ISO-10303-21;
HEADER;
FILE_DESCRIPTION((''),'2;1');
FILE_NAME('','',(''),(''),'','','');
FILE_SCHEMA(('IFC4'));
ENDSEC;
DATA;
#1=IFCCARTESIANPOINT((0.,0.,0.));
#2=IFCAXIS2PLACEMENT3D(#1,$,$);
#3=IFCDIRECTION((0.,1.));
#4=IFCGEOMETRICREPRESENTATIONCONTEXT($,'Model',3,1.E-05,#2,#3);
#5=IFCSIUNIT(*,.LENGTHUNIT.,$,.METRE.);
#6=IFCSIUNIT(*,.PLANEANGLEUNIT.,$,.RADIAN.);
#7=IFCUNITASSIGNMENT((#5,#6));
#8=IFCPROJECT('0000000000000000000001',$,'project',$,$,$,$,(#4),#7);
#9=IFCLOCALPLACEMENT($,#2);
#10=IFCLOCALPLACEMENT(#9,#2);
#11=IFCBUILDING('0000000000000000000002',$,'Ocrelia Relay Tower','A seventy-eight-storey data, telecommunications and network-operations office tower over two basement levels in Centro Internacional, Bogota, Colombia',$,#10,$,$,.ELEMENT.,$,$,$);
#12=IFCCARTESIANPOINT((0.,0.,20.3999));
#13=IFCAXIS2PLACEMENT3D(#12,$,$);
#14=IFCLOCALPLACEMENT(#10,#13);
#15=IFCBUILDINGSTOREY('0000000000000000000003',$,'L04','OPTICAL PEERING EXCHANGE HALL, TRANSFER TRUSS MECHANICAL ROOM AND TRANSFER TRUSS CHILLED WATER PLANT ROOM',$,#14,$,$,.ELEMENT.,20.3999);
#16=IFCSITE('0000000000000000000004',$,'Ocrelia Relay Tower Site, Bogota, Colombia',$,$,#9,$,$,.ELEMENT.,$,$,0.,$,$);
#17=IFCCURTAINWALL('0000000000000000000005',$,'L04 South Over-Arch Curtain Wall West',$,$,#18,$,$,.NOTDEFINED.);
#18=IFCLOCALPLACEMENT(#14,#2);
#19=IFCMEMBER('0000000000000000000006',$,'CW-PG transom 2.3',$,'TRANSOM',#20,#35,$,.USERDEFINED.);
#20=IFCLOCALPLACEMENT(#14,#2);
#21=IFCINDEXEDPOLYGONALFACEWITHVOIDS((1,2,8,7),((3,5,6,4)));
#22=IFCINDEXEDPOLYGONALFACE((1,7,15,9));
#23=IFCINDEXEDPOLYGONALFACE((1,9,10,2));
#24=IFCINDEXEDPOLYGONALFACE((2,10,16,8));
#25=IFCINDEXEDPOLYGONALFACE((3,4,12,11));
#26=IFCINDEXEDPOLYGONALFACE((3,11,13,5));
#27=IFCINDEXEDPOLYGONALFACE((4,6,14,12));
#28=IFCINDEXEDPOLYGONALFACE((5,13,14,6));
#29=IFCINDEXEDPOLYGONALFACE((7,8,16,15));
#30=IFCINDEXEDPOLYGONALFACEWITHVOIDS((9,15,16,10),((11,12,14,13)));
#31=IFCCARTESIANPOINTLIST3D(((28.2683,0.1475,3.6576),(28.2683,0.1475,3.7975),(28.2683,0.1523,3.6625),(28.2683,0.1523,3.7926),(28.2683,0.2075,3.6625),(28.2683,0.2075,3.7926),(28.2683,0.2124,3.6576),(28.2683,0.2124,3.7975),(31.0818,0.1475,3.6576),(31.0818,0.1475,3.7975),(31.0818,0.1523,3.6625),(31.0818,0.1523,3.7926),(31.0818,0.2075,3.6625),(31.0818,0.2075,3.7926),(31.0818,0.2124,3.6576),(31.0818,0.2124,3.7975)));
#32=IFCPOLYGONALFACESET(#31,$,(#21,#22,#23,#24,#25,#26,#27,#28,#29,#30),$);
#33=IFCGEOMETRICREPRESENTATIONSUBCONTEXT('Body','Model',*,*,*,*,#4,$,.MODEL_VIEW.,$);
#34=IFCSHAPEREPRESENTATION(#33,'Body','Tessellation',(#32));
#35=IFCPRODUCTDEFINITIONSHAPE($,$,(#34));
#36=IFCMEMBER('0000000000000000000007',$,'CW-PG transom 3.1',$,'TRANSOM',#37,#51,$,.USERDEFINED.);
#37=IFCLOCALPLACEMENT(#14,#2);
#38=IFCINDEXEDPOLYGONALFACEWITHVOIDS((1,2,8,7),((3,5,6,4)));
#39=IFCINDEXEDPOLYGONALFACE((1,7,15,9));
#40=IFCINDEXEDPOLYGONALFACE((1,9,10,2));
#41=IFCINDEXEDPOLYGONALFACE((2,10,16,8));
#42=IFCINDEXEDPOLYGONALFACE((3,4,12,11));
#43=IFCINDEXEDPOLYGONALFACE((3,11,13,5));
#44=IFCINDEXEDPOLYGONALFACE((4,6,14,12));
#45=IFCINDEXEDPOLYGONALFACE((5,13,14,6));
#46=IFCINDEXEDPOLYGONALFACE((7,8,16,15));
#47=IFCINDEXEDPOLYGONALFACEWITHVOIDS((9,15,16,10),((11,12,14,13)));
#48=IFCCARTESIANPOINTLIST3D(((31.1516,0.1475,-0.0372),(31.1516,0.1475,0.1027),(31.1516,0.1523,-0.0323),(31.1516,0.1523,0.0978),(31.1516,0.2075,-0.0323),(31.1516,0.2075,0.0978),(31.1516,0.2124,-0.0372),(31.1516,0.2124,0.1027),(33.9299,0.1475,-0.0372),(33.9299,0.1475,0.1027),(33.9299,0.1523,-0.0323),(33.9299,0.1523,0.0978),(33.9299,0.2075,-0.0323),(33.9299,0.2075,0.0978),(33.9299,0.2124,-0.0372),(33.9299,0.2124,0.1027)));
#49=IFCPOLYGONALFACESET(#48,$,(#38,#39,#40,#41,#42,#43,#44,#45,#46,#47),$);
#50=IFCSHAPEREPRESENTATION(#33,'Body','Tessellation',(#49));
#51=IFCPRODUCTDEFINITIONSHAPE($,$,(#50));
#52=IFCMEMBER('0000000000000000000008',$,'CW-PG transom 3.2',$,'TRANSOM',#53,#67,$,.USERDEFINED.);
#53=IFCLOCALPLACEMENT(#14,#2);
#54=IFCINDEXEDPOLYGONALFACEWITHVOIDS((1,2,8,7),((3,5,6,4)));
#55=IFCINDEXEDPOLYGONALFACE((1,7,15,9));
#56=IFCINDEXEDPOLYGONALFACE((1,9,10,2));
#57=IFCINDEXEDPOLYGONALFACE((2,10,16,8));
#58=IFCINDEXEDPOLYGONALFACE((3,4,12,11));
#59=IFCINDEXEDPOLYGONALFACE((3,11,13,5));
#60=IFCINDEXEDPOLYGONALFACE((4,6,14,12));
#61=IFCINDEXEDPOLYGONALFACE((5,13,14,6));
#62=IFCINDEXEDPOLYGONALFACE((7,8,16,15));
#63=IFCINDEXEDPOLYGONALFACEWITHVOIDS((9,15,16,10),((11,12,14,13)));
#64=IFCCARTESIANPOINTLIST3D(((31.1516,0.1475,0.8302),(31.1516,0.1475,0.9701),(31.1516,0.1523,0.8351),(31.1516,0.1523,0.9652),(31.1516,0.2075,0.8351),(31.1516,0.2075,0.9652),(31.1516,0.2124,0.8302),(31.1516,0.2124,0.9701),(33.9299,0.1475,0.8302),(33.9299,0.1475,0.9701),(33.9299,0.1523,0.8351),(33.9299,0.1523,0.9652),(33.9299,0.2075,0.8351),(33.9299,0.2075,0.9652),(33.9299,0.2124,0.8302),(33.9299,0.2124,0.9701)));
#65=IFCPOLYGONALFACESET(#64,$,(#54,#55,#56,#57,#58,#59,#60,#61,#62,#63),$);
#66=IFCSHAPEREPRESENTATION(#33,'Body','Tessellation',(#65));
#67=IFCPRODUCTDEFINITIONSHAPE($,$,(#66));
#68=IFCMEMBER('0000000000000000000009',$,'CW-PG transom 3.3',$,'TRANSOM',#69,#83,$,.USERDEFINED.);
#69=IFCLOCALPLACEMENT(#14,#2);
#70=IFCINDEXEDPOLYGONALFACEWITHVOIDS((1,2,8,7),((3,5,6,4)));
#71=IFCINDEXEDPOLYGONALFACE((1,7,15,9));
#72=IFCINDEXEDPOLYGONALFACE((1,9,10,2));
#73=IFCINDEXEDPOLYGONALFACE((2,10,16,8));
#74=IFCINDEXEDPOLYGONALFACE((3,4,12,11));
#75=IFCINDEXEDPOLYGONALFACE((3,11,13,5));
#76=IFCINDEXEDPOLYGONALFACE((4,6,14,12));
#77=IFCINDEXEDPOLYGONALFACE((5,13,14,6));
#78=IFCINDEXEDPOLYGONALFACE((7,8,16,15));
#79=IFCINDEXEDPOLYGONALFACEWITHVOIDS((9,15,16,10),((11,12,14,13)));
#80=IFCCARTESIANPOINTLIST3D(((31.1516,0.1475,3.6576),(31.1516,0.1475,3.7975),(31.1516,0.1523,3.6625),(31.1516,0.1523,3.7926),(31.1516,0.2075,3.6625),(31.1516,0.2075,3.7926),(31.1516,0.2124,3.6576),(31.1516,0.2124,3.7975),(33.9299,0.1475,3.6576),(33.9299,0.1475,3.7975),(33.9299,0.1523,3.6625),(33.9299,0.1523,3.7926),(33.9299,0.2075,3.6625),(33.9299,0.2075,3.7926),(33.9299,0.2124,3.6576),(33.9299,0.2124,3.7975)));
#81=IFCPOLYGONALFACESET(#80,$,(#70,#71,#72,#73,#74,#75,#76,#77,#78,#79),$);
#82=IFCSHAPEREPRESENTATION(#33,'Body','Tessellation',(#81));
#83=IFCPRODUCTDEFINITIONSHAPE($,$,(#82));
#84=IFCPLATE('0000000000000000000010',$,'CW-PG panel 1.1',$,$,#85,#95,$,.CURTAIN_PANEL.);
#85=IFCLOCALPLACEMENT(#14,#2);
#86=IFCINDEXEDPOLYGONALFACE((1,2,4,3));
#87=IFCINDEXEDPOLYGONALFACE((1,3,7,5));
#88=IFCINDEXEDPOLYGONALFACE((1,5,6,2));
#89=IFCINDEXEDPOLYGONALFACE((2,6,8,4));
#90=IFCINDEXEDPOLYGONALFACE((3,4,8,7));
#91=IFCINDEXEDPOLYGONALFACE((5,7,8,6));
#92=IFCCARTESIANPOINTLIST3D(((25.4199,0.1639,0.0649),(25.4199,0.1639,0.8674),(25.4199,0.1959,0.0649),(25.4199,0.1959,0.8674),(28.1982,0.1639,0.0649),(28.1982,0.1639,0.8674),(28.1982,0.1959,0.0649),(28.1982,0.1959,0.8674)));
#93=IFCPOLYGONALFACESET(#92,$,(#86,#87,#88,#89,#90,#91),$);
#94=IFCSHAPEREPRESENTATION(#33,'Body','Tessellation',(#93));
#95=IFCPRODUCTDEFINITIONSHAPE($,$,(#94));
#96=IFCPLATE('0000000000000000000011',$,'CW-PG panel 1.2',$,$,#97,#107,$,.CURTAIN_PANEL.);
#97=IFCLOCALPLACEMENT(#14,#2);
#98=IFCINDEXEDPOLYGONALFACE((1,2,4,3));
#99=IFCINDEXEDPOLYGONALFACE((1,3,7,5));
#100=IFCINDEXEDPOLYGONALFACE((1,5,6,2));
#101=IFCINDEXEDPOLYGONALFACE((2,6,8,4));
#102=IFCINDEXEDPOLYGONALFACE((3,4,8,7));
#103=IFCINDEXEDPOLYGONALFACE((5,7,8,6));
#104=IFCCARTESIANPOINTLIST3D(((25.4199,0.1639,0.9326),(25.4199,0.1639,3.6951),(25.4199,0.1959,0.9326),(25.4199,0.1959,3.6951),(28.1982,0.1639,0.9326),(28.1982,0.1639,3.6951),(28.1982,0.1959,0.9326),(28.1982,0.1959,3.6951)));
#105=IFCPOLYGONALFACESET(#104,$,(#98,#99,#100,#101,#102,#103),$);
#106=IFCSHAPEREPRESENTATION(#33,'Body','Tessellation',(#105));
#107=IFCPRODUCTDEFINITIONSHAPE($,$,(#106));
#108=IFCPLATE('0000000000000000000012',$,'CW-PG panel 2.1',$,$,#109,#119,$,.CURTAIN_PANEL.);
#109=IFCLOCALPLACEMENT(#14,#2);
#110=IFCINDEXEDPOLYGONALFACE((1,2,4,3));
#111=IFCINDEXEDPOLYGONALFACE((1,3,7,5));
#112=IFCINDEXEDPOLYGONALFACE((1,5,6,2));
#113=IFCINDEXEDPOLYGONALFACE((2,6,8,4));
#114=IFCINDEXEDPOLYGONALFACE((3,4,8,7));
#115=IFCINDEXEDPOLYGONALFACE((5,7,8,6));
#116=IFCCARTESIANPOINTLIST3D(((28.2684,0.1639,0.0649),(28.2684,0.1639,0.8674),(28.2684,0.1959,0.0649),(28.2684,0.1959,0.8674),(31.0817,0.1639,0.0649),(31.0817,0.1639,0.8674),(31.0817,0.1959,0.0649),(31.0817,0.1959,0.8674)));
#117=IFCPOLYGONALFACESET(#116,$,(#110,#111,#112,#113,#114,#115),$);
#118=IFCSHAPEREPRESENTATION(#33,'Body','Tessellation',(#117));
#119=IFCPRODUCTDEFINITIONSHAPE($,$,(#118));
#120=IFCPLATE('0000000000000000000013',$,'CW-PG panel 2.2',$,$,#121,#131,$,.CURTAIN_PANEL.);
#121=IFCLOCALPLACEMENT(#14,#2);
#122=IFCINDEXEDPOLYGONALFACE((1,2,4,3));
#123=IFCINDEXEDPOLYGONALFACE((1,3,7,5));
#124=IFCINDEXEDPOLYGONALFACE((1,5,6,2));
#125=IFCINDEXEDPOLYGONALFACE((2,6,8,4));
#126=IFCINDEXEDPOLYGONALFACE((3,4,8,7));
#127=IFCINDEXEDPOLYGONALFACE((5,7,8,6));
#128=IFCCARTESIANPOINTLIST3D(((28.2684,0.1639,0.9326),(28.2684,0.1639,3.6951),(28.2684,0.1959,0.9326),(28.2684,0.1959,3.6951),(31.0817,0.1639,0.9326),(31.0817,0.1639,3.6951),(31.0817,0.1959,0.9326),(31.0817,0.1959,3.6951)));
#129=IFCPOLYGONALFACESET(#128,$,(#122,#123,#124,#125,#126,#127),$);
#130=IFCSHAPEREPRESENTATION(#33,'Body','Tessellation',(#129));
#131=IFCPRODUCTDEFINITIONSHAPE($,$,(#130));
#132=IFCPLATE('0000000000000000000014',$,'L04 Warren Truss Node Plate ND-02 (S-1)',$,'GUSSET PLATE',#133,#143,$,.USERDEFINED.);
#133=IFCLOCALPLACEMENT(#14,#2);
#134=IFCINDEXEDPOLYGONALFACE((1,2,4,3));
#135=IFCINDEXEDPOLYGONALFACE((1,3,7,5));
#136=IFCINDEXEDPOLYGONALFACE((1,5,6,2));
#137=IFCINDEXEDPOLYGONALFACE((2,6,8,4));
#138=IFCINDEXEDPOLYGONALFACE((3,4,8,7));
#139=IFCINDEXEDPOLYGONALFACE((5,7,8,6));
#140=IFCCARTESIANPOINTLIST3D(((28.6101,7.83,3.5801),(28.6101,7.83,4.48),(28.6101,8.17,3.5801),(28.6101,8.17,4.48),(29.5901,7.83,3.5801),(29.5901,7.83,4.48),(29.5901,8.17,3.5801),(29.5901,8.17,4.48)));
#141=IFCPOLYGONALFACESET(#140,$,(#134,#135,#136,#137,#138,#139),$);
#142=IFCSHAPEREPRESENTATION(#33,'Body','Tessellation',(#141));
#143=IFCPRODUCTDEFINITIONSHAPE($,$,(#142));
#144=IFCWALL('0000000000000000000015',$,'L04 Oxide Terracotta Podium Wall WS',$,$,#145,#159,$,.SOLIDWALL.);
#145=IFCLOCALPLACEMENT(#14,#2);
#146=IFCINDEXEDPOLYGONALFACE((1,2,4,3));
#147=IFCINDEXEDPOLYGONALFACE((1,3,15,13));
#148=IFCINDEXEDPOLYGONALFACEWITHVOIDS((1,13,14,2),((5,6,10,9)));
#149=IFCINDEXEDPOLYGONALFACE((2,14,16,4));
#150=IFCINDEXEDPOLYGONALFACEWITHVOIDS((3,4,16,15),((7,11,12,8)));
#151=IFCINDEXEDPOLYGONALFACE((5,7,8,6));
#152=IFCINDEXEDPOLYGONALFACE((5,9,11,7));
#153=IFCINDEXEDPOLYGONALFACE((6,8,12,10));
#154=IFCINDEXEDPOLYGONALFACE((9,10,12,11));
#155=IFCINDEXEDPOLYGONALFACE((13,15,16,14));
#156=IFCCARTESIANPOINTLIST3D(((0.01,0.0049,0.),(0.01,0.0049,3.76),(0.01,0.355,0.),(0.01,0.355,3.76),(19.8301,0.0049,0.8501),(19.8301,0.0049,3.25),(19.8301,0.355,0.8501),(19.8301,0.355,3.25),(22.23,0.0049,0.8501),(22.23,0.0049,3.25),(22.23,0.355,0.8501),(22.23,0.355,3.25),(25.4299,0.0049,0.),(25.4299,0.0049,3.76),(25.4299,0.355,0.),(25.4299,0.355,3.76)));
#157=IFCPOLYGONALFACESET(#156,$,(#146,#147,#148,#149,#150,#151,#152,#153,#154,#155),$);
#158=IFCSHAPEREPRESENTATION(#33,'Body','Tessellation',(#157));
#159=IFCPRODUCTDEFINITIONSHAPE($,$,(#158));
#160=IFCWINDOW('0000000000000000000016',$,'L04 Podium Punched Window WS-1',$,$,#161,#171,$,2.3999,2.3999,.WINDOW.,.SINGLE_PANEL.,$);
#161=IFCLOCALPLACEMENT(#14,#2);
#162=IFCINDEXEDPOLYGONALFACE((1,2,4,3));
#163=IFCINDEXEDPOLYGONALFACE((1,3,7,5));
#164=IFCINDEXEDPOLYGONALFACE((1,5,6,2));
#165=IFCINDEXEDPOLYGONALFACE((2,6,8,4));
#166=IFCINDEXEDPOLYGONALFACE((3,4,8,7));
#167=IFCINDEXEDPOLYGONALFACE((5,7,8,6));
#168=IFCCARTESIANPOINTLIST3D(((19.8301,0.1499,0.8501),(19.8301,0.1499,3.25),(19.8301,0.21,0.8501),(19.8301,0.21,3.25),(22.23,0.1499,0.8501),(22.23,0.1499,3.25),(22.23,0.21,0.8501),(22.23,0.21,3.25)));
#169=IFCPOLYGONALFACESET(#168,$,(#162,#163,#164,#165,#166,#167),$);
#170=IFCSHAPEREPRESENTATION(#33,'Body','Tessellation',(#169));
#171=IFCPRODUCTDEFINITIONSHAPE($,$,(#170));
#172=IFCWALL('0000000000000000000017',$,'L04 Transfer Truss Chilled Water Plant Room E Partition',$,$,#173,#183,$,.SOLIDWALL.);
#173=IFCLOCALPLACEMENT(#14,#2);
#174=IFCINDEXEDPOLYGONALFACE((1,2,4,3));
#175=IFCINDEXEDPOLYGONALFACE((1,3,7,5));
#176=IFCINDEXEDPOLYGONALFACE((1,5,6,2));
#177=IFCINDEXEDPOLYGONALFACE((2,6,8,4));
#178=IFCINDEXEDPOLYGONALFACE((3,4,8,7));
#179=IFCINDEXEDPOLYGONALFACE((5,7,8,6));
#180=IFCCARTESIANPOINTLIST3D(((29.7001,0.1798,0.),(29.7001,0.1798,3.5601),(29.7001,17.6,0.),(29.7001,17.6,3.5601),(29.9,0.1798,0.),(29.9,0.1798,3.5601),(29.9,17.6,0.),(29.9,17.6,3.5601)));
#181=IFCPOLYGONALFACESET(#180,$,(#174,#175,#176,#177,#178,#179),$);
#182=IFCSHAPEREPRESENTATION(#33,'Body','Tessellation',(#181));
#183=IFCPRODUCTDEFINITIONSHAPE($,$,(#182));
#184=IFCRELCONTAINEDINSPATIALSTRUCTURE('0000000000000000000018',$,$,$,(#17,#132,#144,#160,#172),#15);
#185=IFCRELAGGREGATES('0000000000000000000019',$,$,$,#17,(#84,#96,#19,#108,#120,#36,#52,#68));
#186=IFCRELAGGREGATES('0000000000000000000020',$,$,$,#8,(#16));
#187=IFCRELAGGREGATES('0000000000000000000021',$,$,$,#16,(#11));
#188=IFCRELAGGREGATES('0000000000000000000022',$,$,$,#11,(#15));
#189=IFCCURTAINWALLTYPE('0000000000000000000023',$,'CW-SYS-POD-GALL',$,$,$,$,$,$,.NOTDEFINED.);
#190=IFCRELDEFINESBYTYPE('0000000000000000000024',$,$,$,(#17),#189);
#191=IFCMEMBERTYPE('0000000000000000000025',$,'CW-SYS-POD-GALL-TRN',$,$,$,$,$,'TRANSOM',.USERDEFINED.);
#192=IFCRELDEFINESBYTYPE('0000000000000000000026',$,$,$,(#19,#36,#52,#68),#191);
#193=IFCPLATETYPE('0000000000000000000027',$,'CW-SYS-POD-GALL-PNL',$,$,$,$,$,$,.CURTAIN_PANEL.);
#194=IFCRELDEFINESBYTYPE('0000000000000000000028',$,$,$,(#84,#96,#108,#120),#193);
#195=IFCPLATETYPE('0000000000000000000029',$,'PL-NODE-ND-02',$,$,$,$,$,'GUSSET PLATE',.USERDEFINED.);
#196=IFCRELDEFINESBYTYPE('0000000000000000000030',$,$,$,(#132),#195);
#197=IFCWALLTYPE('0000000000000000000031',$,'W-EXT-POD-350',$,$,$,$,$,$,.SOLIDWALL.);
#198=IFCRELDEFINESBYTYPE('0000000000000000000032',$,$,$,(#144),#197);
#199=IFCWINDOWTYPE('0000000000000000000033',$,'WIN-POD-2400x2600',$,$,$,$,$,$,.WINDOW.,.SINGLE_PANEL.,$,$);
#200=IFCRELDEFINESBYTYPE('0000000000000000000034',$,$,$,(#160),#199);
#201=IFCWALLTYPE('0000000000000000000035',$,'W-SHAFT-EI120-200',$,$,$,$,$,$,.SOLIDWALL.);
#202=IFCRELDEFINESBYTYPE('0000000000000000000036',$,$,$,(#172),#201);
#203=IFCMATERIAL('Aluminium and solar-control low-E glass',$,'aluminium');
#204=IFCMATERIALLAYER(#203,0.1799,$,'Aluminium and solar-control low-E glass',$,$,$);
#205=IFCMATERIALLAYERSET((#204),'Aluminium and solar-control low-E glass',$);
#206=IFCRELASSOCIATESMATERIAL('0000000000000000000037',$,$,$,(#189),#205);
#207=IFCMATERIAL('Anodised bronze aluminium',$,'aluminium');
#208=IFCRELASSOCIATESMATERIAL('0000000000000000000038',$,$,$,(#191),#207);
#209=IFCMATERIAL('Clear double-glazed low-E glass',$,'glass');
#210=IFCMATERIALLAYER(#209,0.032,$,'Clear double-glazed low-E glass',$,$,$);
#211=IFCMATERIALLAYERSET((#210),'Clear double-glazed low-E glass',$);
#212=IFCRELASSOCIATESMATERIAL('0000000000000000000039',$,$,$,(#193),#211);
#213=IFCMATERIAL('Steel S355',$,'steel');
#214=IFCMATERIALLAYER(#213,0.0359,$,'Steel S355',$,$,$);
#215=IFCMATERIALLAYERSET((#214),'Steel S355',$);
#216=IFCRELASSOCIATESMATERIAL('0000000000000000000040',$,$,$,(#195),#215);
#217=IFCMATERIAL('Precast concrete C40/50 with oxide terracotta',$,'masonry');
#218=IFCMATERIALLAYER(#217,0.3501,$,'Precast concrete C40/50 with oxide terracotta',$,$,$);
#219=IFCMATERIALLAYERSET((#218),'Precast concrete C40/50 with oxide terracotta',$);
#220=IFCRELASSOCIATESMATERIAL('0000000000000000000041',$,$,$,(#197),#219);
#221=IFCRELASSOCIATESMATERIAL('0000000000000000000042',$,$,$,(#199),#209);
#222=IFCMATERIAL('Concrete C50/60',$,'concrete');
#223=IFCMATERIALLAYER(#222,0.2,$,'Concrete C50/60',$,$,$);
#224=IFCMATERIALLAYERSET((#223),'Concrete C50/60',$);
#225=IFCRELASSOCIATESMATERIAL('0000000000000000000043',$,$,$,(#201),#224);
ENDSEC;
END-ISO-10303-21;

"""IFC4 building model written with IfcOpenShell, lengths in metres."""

from ifc_helpers import new_model, si_unit, direction, frame, frame_2d, origin, origin_2d, place, context, subcontext, project, spatial, rectangle, hollow_rectangle, extrude, material, layer, layer_set, material_profile, profile_set, type_object, element, fill, aggregate, save


model = new_model("IFC4")

# Units and contexts
model_context = context("Model", 3, precision=1e-05, world=origin(), true_north=direction((0.0, 1.0)))
body_context = subcontext(model_context, "Body", "Model", "MODEL_VIEW")
ifc_project = project(units=[si_unit("LENGTHUNIT", "METRE"), si_unit("PLANEANGLEUNIT", "RADIAN")], contexts=[model_context])

# Site, building, storey
site_placement = place(None, origin())
site = spatial("IfcSite", under=ifc_project, at=site_placement, Name="Ocrelia Relay Tower Site, Bogota, Colombia", CompositionType="ELEMENT", RefElevation=0.0)
building_placement = place(site_placement, origin())
building = spatial("IfcBuilding", under=site, at=building_placement, Name="Ocrelia Relay Tower", Description="A seventy-eight-storey data, telecommunications and network-operations office tower over two basement levels in Centro Internacional, Bogota, Colombia", CompositionType="ELEMENT")
storey_placement = place(building_placement, frame((0.0, 0.0, 20.3999)))
storey = spatial("IfcBuildingStorey", under=building, at=storey_placement, Name="L04", Description="OPTICAL PEERING EXCHANGE HALL, TRANSFER TRUSS MECHANICAL ROOM AND TRANSFER TRUSS CHILLED WATER PLANT ROOM", CompositionType="ELEMENT", Elevation=20.3999)

# Curtain wall, members, plates
ifc_material_1 = material(Name="Aluminium and solar-control low-E glass", Category="aluminium")
ifc_layer_1 = layer(ifc_material_1, 0.1799, Name="Aluminium and solar-control low-E glass")
ifc_layer_set_1 = layer_set([ifc_layer_1], Name="Aluminium and solar-control low-E glass")
curtain_wall_type = type_object("IfcCurtainWallType", Name="CW-SYS-POD-GALL", PredefinedType="NOTDEFINED", material=ifc_layer_set_1)
curtain_wall_placement = place(storey_placement, origin())
curtain_wall = element("IfcCurtainWall", 1, at=curtain_wall_placement, inside=storey, type_object=curtain_wall_type, Name="L04 South Over-Arch Curtain Wall West", PredefinedType="NOTDEFINED")
ifc_material_2 = material(Name="Anodised bronze aluminium", Category="aluminium")
ifc_material_profile_1 = material_profile(ifc_material_2, hollow_rectangle(XDim=0.0649, YDim=0.1399, WallThickness=0.0049, at=origin_2d()), Name="CW-TRN-140x65")
ifc_profile_set_1 = profile_set([ifc_material_profile_1], Name="Anodised bronze aluminium")
member_type_1 = type_object("IfcMemberType", Name="CW-SYS-POD-GALL-TRN", ElementType="TRANSOM", PredefinedType="USERDEFINED", material=ifc_profile_set_1)
member_1_placement = place(storey_placement, frame((28.2683, 0.1799, 3.7275), z_axis=(1.0, 0.0, 0.0), x_axis=(0.0, 1.0, 0.0)))
member_1 = element("IfcMember", 2, at=member_1_placement, type_object=member_type_1, Name="CW-PG transom 2.3", ObjectType="TRANSOM", PredefinedType="USERDEFINED", context=body_context, shape_type="SweptSolid", body=[
    extrude(hollow_rectangle(XDim=0.0649, YDim=0.1399, WallThickness=0.0049, at=origin_2d()), origin(), (0.0, 0.0, 1.0), 2.8135),
])
member_2_placement = place(storey_placement, frame((31.1516, 0.1799, 0.0327), z_axis=(1.0, 0.0, 0.0), x_axis=(0.0, 1.0, 0.0)))
member_2 = element("IfcMember", 3, at=member_2_placement, type_object=member_type_1, Name="CW-PG transom 3.1", ObjectType="TRANSOM", PredefinedType="USERDEFINED", context=body_context, shape_type="SweptSolid", body=[
    extrude(hollow_rectangle(XDim=0.0649, YDim=0.1399, WallThickness=0.0049, at=origin_2d()), origin(), (0.0, 0.0, 1.0), 2.7783),
])
member_3_placement = place(storey_placement, frame((31.1516, 0.1799, 0.9001), z_axis=(1.0, 0.0, 0.0), x_axis=(0.0, 1.0, 0.0)))
member_3 = element("IfcMember", 4, at=member_3_placement, type_object=member_type_1, Name="CW-PG transom 3.2", ObjectType="TRANSOM", PredefinedType="USERDEFINED", context=body_context, shape_type="SweptSolid", body=[
    extrude(hollow_rectangle(XDim=0.0649, YDim=0.1399, WallThickness=0.0049, at=origin_2d()), origin(), (0.0, 0.0, 1.0), 2.7783),
])
member_4_placement = place(storey_placement, frame((31.1516, 0.1799, 3.7275), z_axis=(1.0, 0.0, 0.0), x_axis=(0.0, 1.0, 0.0)))
member_4 = element("IfcMember", 5, at=member_4_placement, type_object=member_type_1, Name="CW-PG transom 3.3", ObjectType="TRANSOM", PredefinedType="USERDEFINED", context=body_context, shape_type="SweptSolid", body=[
    extrude(hollow_rectangle(XDim=0.0649, YDim=0.1399, WallThickness=0.0049, at=origin_2d()), origin(), (0.0, 0.0, 1.0), 2.7783),
])
ifc_material_3 = material(Name="Clear double-glazed low-E glass", Category="glass")
ifc_layer_2 = layer(ifc_material_3, 0.032, Name="Clear double-glazed low-E glass")
ifc_layer_set_2 = layer_set([ifc_layer_2], Name="Clear double-glazed low-E glass")
plate_type_1 = type_object("IfcPlateType", Name="CW-SYS-POD-GALL-PNL", PredefinedType="CURTAIN_PANEL", material=ifc_layer_set_2)
plate_1_placement = place(storey_placement, frame((26.8091, 0.1799, 0.0649), z_axis=(0.0, 0.0, 1.0), x_axis=(1.0, 0.0, 0.0)))
plate_1 = element("IfcPlate", 6, at=plate_1_placement, type_object=plate_type_1, Name="CW-PG panel 1.1", PredefinedType="CURTAIN_PANEL", context=body_context, shape_type="SweptSolid", body=[
    extrude(rectangle(XDim=2.7783, YDim=0.032, at=origin_2d()), origin(), (0.0, 0.0, 1.0), 0.8025),
])
plate_2_placement = place(storey_placement, frame((26.8091, 0.1799, 0.9326), z_axis=(0.0, 0.0, 1.0), x_axis=(1.0, 0.0, 0.0)))
plate_2 = element("IfcPlate", 7, at=plate_2_placement, type_object=plate_type_1, Name="CW-PG panel 1.2", PredefinedType="CURTAIN_PANEL", context=body_context, shape_type="SweptSolid", body=[
    extrude(rectangle(XDim=2.7783, YDim=0.032, at=origin_2d()), origin(), (0.0, 0.0, 1.0), 2.7625),
])
plate_3_placement = place(storey_placement, frame((29.675, 0.1799, 0.0649), z_axis=(0.0, 0.0, 1.0), x_axis=(1.0, 0.0, 0.0)))
plate_3 = element("IfcPlate", 8, at=plate_3_placement, type_object=plate_type_1, Name="CW-PG panel 2.1", PredefinedType="CURTAIN_PANEL", context=body_context, shape_type="SweptSolid", body=[
    extrude(rectangle(XDim=2.8132, YDim=0.032, at=origin_2d()), origin(), (0.0, 0.0, 1.0), 0.8025),
])
plate_4_placement = place(storey_placement, frame((29.675, 0.1799, 0.9326), z_axis=(0.0, 0.0, 1.0), x_axis=(1.0, 0.0, 0.0)))
plate_4 = element("IfcPlate", 9, at=plate_4_placement, type_object=plate_type_1, Name="CW-PG panel 2.2", PredefinedType="CURTAIN_PANEL", context=body_context, shape_type="SweptSolid", body=[
    extrude(rectangle(XDim=2.8132, YDim=0.032, at=origin_2d()), origin(), (0.0, 0.0, 1.0), 2.7625),
])
aggregate(curtain_wall, [plate_1, plate_2, member_1, plate_3, plate_4, member_2, member_3, member_4])

# Plate
ifc_material_4 = material(Name="Steel S355", Category="steel")
ifc_layer_3 = layer(ifc_material_4, 0.0359, Name="Steel S355")
ifc_layer_set_3 = layer_set([ifc_layer_3], Name="Steel S355")
plate_type_2 = type_object("IfcPlateType", Name="PL-NODE-ND-02", ElementType="GUSSET PLATE", PredefinedType="USERDEFINED", material=ifc_layer_set_3)
plate_5_placement = place(storey_placement, frame((29.1001, 8.0, 3.5801), z_axis=(0.0, 0.0, 1.0), x_axis=(1.0, 0.0, 0.0)))
element("IfcPlate", 10, at=plate_5_placement, inside=storey, type_object=plate_type_2, Name="L04 Warren Truss Node Plate ND-02 (S-1)", ObjectType="GUSSET PLATE", PredefinedType="USERDEFINED", context=body_context, shape_type="SweptSolid", body=[
    extrude(rectangle(XDim=0.98, YDim=0.3401, at=origin_2d()), origin(), (0.0, 0.0, 1.0), 0.8999),
])

# Wall, opening, window
ifc_material_5 = material(Name="Precast concrete C40/50 with oxide terracotta", Category="masonry")
ifc_layer_4 = layer(ifc_material_5, 0.3501, Name="Precast concrete C40/50 with oxide terracotta")
ifc_layer_set_4 = layer_set([ifc_layer_4], Name="Precast concrete C40/50 with oxide terracotta")
wall_type_1 = type_object("IfcWallType", Name="W-EXT-POD-350", PredefinedType="SOLIDWALL", material=ifc_layer_set_4)
wall_1_placement = place(storey_placement, frame((25.4299, 0.1799, 0.0), z_axis=(0.0, 0.0, 1.0), x_axis=(-1.0, 0.0, 0.0)))
wall_1 = element("IfcWall", 11, at=wall_1_placement, inside=storey, type_object=wall_type_1, Name="L04 Oxide Terracotta Podium Wall WS", PredefinedType="SOLIDWALL", context=body_context, shape_type="SweptSolid", body=[
    extrude(rectangle(XDim=25.4199, YDim=0.3501, at=frame_2d((12.71, 0.0))), origin(), (0.0, 0.0, 1.0), 3.76),
])
opening_placement = place(wall_1_placement, frame((3.2, 0.0, 0.8501)))
opening = element("IfcOpeningElement", 12, at=opening_placement, cuts=wall_1, PredefinedType="OPENING", context=body_context, shape_type="SweptSolid", body=[
    extrude(rectangle(XDim=2.3999, YDim=2.3999, at=frame_2d((1.2, 1.2))), frame((0.0, 0.1851, 0.0), z_axis=(0.0, -1.0, 0.0), x_axis=(1.0, 0.0, 0.0)), (0.0, 0.0, 1.0), 0.3701),
])
window_type = type_object("IfcWindowType", Name="WIN-POD-2400x2600", PartitioningType="SINGLE_PANEL", PredefinedType="WINDOW", material=ifc_material_3)
window_placement = place(opening_placement, origin())
window = element("IfcWindow", 13, at=window_placement, inside=storey, type_object=window_type, Name="L04 Podium Punched Window WS-1", OverallHeight=2.3999, OverallWidth=2.3999, PartitioningType="SINGLE_PANEL", PredefinedType="WINDOW", context=body_context, shape_type="SweptSolid", body=[
    extrude(rectangle(XDim=2.3999, YDim=2.3999, at=frame_2d((1.2, 1.2))), frame((0.0, 0.03, 0.0), z_axis=(0.0, -1.0, 0.0), x_axis=(1.0, 0.0, 0.0)), (0.0, 0.0, 1.0), 0.0601),
])
fill(opening, window)

# Wall
ifc_material_6 = material(Name="Concrete C50/60", Category="concrete")
ifc_layer_5 = layer(ifc_material_6, 0.2, Name="Concrete C50/60")
ifc_layer_set_5 = layer_set([ifc_layer_5], Name="Concrete C50/60")
wall_type_2 = type_object("IfcWallType", Name="W-SHAFT-EI120-200", PredefinedType="SOLIDWALL", material=ifc_layer_set_5)
wall_2_placement = place(storey_placement, frame((29.8, 0.1799, 0.0), z_axis=(0.0, 0.0, 1.0), x_axis=(0.0, 1.0, 0.0)))
element("IfcWall", 14, at=wall_2_placement, inside=storey, type_object=wall_type_2, Name="L04 Transfer Truss Chilled Water Plant Room E Partition", PredefinedType="SOLIDWALL", context=body_context, shape_type="SweptSolid", body=[
    extrude(rectangle(XDim=17.4202, YDim=0.2, at=frame_2d((8.71, 0.0))), origin(), (0.0, 0.0, 1.0), 3.5601),
])

save(model, "model.ifc")
